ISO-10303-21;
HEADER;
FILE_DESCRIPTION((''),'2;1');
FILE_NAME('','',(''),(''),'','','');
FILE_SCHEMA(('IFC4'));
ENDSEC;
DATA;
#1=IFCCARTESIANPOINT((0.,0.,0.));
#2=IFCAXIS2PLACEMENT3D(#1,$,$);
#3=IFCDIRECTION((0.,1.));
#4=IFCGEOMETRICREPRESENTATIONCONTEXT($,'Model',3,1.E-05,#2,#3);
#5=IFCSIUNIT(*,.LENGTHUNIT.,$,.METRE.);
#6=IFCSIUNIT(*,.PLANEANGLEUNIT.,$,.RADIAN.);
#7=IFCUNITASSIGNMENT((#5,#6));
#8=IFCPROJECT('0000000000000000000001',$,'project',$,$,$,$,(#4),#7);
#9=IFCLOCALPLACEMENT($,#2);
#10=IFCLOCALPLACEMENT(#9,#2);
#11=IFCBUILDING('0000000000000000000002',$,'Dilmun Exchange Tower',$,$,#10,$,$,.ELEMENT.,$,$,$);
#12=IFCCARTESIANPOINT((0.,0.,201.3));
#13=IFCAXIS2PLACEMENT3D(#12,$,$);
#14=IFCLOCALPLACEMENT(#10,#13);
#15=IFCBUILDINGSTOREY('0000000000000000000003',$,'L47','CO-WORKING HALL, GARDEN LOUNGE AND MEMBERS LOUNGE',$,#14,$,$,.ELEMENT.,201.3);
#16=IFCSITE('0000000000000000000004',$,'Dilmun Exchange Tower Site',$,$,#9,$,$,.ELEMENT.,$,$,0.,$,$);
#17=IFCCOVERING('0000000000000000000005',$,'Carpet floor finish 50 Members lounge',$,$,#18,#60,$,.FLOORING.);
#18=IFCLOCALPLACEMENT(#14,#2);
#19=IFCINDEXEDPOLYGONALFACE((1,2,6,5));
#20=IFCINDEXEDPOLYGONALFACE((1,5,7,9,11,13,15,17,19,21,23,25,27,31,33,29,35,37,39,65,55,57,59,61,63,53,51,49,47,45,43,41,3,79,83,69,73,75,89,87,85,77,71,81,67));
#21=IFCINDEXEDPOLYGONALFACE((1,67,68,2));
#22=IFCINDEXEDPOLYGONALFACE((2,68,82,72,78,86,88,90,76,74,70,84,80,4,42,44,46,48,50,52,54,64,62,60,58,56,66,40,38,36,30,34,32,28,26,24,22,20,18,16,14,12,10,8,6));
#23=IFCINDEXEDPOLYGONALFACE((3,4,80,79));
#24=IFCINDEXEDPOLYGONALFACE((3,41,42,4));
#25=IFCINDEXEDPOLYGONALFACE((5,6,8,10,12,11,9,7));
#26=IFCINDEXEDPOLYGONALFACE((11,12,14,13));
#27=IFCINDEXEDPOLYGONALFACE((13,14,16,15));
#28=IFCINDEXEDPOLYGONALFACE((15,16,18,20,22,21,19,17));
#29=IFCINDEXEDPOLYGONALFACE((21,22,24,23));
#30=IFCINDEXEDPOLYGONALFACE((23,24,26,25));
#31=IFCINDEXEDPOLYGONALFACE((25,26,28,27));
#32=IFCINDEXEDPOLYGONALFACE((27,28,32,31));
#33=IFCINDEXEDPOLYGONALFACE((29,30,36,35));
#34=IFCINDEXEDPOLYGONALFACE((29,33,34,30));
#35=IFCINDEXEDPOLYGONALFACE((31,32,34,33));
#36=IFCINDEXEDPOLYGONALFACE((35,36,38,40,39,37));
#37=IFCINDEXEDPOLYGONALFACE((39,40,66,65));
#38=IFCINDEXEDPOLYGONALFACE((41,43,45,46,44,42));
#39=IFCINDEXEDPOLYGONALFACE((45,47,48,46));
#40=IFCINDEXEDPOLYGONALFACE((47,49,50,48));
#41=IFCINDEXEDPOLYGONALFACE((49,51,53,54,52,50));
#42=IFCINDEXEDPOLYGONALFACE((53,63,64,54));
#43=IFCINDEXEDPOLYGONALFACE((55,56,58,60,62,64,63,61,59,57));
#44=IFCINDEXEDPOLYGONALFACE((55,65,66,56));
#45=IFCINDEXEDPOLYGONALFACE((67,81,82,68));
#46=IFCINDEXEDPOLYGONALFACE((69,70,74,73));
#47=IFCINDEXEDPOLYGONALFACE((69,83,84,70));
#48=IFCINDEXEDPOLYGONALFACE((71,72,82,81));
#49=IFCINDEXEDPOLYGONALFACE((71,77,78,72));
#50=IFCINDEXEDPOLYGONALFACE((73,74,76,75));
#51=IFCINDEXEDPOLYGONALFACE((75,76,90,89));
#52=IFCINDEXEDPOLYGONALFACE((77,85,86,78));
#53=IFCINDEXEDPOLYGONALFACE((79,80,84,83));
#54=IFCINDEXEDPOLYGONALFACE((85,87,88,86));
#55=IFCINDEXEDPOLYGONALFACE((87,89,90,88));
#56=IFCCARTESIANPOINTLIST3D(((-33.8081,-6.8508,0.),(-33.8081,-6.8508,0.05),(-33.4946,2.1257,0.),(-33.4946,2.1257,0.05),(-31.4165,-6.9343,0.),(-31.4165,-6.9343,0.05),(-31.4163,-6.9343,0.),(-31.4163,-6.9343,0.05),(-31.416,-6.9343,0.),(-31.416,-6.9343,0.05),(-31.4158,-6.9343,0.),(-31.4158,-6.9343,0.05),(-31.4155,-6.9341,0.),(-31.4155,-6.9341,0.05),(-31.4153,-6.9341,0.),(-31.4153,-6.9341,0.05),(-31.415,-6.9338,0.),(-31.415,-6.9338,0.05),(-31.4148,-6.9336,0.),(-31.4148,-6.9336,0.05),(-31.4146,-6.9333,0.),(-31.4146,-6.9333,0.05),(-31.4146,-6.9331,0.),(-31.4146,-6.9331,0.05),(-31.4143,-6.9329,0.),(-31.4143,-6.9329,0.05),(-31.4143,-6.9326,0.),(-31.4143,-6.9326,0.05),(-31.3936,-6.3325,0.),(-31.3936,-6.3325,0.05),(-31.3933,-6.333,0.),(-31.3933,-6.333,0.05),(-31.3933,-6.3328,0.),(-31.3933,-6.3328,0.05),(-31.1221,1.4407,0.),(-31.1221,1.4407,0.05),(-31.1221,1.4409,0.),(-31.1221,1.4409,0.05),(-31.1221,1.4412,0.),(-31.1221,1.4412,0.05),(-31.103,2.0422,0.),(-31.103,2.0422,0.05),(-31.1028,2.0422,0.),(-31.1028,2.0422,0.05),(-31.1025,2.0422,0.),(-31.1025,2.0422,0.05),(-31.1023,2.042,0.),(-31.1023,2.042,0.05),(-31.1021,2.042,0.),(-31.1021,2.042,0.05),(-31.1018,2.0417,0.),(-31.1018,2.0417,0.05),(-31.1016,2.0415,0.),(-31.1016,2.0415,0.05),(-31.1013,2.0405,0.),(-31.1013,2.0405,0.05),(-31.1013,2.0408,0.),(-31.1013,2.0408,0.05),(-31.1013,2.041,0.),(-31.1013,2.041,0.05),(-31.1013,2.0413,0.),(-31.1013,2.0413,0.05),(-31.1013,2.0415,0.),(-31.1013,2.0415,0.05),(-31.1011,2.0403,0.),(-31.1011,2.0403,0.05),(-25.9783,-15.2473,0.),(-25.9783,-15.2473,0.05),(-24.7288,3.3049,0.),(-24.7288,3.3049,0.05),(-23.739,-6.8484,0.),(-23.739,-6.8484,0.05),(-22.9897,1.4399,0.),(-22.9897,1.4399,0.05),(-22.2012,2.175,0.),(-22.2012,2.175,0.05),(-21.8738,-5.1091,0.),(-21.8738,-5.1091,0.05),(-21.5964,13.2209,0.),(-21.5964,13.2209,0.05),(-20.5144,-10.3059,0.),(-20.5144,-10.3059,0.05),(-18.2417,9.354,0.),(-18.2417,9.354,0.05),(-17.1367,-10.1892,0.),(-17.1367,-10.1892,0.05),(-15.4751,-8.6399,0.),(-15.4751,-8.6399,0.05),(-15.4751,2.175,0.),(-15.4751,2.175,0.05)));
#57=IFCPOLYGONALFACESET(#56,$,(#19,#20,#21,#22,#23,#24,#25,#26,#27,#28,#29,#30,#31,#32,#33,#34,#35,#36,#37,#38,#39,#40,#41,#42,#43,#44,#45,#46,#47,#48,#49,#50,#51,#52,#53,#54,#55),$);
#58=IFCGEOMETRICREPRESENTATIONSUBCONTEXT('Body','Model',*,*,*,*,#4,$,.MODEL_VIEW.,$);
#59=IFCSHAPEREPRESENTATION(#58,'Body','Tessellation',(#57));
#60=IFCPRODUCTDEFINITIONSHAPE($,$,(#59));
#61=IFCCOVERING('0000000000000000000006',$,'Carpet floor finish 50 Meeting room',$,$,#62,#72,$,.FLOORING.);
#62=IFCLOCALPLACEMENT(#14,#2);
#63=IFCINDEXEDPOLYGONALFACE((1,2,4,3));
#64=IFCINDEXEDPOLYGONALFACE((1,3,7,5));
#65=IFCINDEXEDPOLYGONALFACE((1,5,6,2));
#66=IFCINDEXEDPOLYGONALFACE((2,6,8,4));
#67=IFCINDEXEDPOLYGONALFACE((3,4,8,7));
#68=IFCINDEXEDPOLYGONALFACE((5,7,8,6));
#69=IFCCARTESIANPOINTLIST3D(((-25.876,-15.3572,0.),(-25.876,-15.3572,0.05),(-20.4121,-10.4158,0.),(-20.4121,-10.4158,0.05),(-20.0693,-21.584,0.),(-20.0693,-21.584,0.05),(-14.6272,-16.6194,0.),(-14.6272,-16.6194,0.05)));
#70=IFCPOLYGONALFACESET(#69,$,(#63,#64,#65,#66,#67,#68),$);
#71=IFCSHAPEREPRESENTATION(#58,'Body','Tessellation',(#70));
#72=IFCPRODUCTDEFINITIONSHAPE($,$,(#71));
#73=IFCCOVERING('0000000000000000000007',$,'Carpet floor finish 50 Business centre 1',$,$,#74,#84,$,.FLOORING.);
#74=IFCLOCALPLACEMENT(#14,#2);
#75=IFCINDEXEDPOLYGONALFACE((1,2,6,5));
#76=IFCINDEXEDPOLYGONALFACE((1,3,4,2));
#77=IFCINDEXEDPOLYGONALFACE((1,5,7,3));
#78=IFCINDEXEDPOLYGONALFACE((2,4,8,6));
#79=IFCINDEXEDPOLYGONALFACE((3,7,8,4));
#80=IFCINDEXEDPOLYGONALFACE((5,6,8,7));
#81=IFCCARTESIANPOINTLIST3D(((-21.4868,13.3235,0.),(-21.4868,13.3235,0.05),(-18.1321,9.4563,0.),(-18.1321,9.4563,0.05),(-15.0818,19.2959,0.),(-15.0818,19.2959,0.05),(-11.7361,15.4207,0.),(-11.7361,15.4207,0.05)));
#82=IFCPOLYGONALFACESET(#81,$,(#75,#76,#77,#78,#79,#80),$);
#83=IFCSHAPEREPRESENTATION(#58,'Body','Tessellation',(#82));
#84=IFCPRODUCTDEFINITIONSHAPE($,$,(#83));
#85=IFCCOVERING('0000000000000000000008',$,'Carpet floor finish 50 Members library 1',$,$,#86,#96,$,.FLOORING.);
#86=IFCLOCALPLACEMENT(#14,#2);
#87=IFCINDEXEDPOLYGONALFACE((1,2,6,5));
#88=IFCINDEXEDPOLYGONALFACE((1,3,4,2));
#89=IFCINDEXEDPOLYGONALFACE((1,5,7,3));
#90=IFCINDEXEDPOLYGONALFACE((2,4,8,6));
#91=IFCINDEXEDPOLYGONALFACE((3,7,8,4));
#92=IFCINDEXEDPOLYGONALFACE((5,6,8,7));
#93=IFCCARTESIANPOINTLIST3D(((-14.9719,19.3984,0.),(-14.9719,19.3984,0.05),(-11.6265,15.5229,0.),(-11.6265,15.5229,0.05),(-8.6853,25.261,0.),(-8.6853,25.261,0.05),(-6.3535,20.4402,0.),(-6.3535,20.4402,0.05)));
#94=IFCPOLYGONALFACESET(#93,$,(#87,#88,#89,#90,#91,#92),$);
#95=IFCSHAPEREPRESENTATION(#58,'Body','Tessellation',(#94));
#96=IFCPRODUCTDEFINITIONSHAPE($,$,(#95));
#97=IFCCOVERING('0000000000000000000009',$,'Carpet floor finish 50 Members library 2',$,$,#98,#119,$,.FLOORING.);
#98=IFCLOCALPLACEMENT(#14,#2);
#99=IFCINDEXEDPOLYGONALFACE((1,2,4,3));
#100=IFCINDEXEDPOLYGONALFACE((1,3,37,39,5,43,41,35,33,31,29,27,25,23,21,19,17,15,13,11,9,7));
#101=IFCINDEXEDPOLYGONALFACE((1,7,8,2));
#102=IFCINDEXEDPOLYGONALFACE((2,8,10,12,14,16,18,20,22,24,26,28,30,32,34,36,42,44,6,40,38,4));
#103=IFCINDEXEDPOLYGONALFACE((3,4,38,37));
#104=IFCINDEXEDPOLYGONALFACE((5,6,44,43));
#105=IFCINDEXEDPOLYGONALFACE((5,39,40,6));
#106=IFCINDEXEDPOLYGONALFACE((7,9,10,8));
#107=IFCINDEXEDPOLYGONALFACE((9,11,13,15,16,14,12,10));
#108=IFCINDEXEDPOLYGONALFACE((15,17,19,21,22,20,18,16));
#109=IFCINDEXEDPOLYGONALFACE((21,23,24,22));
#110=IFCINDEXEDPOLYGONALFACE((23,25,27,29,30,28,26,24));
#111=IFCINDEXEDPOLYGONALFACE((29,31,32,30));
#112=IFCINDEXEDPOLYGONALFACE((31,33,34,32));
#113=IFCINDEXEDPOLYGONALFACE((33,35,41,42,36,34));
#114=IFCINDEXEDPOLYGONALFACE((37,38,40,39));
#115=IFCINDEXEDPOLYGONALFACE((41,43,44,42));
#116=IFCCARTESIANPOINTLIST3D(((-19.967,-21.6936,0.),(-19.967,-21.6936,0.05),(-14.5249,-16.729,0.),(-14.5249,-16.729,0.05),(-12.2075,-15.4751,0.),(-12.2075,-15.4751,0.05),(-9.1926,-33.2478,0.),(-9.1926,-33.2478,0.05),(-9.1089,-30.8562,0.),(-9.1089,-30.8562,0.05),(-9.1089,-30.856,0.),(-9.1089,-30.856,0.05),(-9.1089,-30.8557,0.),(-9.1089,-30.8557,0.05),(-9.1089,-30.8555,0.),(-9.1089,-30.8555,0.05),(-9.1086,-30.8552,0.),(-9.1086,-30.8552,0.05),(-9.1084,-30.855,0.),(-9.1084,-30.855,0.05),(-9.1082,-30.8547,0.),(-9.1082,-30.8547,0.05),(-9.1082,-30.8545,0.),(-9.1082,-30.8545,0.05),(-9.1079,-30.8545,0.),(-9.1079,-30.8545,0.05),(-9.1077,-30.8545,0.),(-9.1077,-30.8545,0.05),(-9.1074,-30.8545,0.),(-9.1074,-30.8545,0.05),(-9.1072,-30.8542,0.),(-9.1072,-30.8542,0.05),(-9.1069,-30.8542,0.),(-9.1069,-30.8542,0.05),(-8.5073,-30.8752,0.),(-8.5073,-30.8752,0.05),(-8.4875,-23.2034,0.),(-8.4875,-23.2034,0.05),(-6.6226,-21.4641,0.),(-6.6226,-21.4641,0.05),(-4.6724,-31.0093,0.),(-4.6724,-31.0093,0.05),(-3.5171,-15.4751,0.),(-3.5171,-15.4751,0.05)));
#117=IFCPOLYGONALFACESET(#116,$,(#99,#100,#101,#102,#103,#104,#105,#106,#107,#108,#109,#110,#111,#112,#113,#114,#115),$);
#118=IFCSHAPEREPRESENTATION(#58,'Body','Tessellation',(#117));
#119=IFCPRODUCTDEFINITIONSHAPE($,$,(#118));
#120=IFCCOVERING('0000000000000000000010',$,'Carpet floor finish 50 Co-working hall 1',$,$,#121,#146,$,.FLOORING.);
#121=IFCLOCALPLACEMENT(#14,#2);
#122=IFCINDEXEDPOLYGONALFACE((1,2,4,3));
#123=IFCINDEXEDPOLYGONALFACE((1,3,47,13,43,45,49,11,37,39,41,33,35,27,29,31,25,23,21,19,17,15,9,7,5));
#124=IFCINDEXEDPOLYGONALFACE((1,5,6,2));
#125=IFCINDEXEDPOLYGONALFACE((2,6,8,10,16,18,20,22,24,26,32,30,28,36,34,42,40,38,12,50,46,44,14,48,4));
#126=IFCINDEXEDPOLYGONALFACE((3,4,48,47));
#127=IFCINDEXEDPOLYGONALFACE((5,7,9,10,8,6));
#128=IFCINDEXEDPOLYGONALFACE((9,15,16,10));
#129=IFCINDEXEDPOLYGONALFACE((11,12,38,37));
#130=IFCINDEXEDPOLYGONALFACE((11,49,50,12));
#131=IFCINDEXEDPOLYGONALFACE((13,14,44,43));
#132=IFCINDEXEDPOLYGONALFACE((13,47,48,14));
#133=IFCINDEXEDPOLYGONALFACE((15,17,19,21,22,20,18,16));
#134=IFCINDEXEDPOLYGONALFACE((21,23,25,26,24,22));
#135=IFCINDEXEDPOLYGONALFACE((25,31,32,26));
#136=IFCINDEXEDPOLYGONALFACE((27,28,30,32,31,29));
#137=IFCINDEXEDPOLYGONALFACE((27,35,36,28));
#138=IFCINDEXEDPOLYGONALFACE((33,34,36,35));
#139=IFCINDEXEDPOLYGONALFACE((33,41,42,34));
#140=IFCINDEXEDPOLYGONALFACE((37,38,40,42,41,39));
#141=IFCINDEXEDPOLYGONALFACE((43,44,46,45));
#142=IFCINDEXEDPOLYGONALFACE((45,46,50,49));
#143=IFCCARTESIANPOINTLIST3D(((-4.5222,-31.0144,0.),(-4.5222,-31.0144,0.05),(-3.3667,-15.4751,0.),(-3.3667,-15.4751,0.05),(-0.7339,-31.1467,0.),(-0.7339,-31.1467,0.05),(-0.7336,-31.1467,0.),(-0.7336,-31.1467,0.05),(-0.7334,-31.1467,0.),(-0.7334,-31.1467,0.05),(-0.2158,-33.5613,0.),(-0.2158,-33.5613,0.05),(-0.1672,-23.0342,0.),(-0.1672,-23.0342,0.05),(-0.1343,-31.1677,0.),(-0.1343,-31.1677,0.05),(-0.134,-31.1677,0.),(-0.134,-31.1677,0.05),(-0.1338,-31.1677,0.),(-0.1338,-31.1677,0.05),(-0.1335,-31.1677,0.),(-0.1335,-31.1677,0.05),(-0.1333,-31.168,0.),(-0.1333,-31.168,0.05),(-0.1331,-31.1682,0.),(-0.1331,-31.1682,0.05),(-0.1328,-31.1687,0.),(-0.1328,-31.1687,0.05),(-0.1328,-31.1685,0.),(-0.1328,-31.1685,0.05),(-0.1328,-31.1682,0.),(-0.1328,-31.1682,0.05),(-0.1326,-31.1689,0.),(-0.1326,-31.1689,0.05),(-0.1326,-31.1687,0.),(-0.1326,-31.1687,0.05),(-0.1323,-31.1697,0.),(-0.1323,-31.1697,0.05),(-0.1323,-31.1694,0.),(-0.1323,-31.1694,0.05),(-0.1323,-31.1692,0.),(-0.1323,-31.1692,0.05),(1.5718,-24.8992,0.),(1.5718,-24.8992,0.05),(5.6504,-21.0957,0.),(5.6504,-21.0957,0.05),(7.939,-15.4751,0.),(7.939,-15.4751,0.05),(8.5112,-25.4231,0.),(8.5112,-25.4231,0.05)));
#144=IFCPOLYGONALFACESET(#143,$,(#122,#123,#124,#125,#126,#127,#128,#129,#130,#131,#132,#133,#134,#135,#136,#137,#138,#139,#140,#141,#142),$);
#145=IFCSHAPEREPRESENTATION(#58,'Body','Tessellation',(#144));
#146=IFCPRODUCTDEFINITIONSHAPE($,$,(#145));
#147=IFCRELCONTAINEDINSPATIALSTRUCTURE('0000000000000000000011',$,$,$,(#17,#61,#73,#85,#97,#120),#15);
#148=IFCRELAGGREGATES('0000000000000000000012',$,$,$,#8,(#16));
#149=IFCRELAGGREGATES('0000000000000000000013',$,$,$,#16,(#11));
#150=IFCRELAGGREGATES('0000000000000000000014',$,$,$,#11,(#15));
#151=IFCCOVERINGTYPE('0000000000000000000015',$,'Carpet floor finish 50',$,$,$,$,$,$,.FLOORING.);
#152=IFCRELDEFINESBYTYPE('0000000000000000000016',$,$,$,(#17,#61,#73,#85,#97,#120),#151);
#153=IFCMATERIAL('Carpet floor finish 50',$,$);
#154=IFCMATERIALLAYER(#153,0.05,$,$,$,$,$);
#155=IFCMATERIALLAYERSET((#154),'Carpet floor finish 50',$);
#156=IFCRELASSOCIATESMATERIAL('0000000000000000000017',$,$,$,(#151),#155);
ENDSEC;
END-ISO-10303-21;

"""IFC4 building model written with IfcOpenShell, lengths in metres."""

from ifc_helpers import new_model, si_unit, direction, frame, origin, place, context, subcontext, project, spatial, polyline, outline, extrude, material, layer, layer_set, type_object, element, save


model = new_model("IFC4")

# Units and contexts
model_context = context("Model", 3, precision=1e-05, world=origin(), true_north=direction((0.0, 1.0)))
body_context = subcontext(model_context, "Body", "Model", "MODEL_VIEW")
ifc_project = project(units=[si_unit("LENGTHUNIT", "METRE"), si_unit("PLANEANGLEUNIT", "RADIAN")], contexts=[model_context])

# Site, building, storey
site_placement = place(None, origin())
site = spatial("IfcSite", under=ifc_project, at=site_placement, Name="Dilmun Exchange Tower Site", CompositionType="ELEMENT", RefElevation=0.0)
building_placement = place(site_placement, origin())
building = spatial("IfcBuilding", under=site, at=building_placement, Name="Dilmun Exchange Tower", CompositionType="ELEMENT")
storey_placement = place(building_placement, frame((0.0, 0.0, 201.3)))
storey = spatial("IfcBuildingStorey", under=building, at=storey_placement, Name="L47", Description="CO-WORKING HALL, GARDEN LOUNGE AND MEMBERS LOUNGE", CompositionType="ELEMENT", Elevation=201.3)

# Coverings
ifc_material_1 = material(Name="Carpet floor finish 50")
ifc_layer_1 = layer(ifc_material_1, 0.05)
ifc_layer_set_1 = layer_set([ifc_layer_1], Name="Carpet floor finish 50")
covering_type_1 = type_object("IfcCoveringType", Name="Carpet floor finish 50", PredefinedType="FLOORING", material=ifc_layer_set_1)
covering_1_placement = place(storey_placement, origin())
element("IfcCovering", 1, at=covering_1_placement, inside=storey, type_object=covering_type_1, Name="Carpet floor finish 50 Members lounge", PredefinedType="FLOORING", context=body_context, shape_type="SweptSolid", body=[
    extrude(outline(polyline([(-18.2417, 9.354), (-24.7288, 3.3049), (-22.9897, 1.4399), (-22.2012, 2.175), (-15.4751, 2.175), (-15.4751, -8.6399), (-17.1367, -10.1892), (-21.8738, -5.1091), (-23.739, -6.8484), (-20.5144, -10.3059), (-25.9783, -15.2473), (-33.8081, -6.8508), (-31.4165, -6.9343), (-31.4163, -6.9343), (-31.416, -6.9343), (-31.416, -6.9343), (-31.4158, -6.9343), (-31.4155, -6.9341), (-31.4153, -6.9341), (-31.4153, -6.9341), (-31.415, -6.9338), (-31.4148, -6.9336), (-31.4148, -6.9336), (-31.4146, -6.9333), (-31.4146, -6.9331), (-31.4146, -6.9331), (-31.4143, -6.9329), (-31.4143, -6.9326), (-31.4143, -6.9326), (-31.3933, -6.333), (-31.3933, -6.3328), (-31.3936, -6.3325), (-31.3936, -6.3325), (-31.1221, 1.4407), (-31.1221, 1.4409), (-31.1221, 1.4409), (-31.1221, 1.4412), (-31.1011, 2.0403), (-31.1011, 2.0403), (-31.1013, 2.0405), (-31.1013, 2.0408), (-31.1013, 2.041), (-31.1013, 2.0413), (-31.1013, 2.0415), (-31.1016, 2.0415), (-31.1018, 2.0417), (-31.1018, 2.0417), (-31.1021, 2.042), (-31.1021, 2.042), (-31.1023, 2.042), (-31.1025, 2.0422), (-31.1028, 2.0422), (-31.1028, 2.0422), (-31.103, 2.0422), (-33.4946, 2.1257), (-21.5964, 13.2209), (-18.2417, 9.354)])), origin(), (0.0, 0.0, 1.0), 0.05),
])
covering_2_placement = place(storey_placement, origin())
element("IfcCovering", 2, at=covering_2_placement, inside=storey, type_object=covering_type_1, Name="Carpet floor finish 50 Meeting room", PredefinedType="FLOORING", context=body_context, shape_type="SweptSolid", body=[
    extrude(outline(polyline([(-20.4121, -10.4158), (-14.6272, -16.6194), (-20.0693, -21.584), (-25.876, -15.3572), (-20.4121, -10.4158)])), origin(), (0.0, 0.0, 1.0), 0.05),
])
covering_3_placement = place(storey_placement, origin())
element("IfcCovering", 3, at=covering_3_placement, inside=storey, type_object=covering_type_1, Name="Carpet floor finish 50 Business centre 1", PredefinedType="FLOORING", context=body_context, shape_type="SweptSolid", body=[
    extrude(outline(polyline([(-18.1321, 9.4563), (-21.4868, 13.3235), (-15.0818, 19.2959), (-11.7361, 15.4207), (-18.1321, 9.4563)])), origin(), (0.0, 0.0, 1.0), 0.05),
])
covering_4_placement = place(storey_placement, origin())
element("IfcCovering", 4, at=covering_4_placement, inside=storey, type_object=covering_type_1, Name="Carpet floor finish 50 Members library 1", PredefinedType="FLOORING", context=body_context, shape_type="SweptSolid", body=[
    extrude(outline(polyline([(-6.3535, 20.4402), (-11.6265, 15.5229), (-14.9719, 19.3984), (-8.6853, 25.261), (-6.3535, 20.4402)])), origin(), (0.0, 0.0, 1.0), 0.05),
])
covering_5_placement = place(storey_placement, origin())
element("IfcCovering", 5, at=covering_5_placement, inside=storey, type_object=covering_type_1, Name="Carpet floor finish 50 Members library 2", PredefinedType="FLOORING", context=body_context, shape_type="SweptSolid", body=[
    extrude(outline(polyline([(-6.6226, -21.4641), (-12.2075, -15.4751), (-3.5171, -15.4751), (-4.6724, -31.0093), (-8.5073, -30.8752), (-9.1069, -30.8542), (-9.1072, -30.8542), (-9.1074, -30.8545), (-9.1074, -30.8545), (-9.1077, -30.8545), (-9.1079, -30.8545), (-9.1082, -30.8545), (-9.1082, -30.8547), (-9.1084, -30.855), (-9.1084, -30.855), (-9.1086, -30.8552), (-9.1086, -30.8552), (-9.1089, -30.8555), (-9.1089, -30.8557), (-9.1089, -30.856), (-9.1089, -30.8562), (-9.1089, -30.8562), (-9.1926, -33.2478), (-19.967, -21.6936), (-14.5249, -16.729), (-8.4875, -23.2034), (-6.6226, -21.4641)])), origin(), (0.0, 0.0, 1.0), 0.05),
])
covering_6_placement = place(storey_placement, origin())
element("IfcCovering", 6, at=covering_6_placement, inside=storey, type_object=covering_type_1, Name="Carpet floor finish 50 Co-working hall 1", PredefinedType="FLOORING", context=body_context, shape_type="SweptSolid", body=[
    extrude(outline(polyline([(5.6504, -21.0957), (8.5112, -25.4231), (-0.2158, -33.5613), (-0.1323, -31.1697), (-0.1323, -31.1694), (-0.1323, -31.1692), (-0.1323, -31.1692), (-0.1326, -31.1689), (-0.1326, -31.1687), (-0.1328, -31.1687), (-0.1328, -31.1685), (-0.1328, -31.1682), (-0.1331, -31.1682), (-0.1333, -31.168), (-0.1333, -31.168), (-0.1335, -31.1677), (-0.1338, -31.1677), (-0.1338, -31.1677), (-0.134, -31.1677), (-0.1343, -31.1677), (-0.7334, -31.1467), (-0.7334, -31.1467), (-0.7336, -31.1467), (-0.7339, -31.1467), (-4.5222, -31.0144), (-3.3667, -15.4751), (7.939, -15.4751), (-0.1672, -23.0342), (1.5718, -24.8992), (5.6504, -21.0957)])), origin(), (0.0, 0.0, 1.0), 0.05),
])

save(model, "model.ifc")
